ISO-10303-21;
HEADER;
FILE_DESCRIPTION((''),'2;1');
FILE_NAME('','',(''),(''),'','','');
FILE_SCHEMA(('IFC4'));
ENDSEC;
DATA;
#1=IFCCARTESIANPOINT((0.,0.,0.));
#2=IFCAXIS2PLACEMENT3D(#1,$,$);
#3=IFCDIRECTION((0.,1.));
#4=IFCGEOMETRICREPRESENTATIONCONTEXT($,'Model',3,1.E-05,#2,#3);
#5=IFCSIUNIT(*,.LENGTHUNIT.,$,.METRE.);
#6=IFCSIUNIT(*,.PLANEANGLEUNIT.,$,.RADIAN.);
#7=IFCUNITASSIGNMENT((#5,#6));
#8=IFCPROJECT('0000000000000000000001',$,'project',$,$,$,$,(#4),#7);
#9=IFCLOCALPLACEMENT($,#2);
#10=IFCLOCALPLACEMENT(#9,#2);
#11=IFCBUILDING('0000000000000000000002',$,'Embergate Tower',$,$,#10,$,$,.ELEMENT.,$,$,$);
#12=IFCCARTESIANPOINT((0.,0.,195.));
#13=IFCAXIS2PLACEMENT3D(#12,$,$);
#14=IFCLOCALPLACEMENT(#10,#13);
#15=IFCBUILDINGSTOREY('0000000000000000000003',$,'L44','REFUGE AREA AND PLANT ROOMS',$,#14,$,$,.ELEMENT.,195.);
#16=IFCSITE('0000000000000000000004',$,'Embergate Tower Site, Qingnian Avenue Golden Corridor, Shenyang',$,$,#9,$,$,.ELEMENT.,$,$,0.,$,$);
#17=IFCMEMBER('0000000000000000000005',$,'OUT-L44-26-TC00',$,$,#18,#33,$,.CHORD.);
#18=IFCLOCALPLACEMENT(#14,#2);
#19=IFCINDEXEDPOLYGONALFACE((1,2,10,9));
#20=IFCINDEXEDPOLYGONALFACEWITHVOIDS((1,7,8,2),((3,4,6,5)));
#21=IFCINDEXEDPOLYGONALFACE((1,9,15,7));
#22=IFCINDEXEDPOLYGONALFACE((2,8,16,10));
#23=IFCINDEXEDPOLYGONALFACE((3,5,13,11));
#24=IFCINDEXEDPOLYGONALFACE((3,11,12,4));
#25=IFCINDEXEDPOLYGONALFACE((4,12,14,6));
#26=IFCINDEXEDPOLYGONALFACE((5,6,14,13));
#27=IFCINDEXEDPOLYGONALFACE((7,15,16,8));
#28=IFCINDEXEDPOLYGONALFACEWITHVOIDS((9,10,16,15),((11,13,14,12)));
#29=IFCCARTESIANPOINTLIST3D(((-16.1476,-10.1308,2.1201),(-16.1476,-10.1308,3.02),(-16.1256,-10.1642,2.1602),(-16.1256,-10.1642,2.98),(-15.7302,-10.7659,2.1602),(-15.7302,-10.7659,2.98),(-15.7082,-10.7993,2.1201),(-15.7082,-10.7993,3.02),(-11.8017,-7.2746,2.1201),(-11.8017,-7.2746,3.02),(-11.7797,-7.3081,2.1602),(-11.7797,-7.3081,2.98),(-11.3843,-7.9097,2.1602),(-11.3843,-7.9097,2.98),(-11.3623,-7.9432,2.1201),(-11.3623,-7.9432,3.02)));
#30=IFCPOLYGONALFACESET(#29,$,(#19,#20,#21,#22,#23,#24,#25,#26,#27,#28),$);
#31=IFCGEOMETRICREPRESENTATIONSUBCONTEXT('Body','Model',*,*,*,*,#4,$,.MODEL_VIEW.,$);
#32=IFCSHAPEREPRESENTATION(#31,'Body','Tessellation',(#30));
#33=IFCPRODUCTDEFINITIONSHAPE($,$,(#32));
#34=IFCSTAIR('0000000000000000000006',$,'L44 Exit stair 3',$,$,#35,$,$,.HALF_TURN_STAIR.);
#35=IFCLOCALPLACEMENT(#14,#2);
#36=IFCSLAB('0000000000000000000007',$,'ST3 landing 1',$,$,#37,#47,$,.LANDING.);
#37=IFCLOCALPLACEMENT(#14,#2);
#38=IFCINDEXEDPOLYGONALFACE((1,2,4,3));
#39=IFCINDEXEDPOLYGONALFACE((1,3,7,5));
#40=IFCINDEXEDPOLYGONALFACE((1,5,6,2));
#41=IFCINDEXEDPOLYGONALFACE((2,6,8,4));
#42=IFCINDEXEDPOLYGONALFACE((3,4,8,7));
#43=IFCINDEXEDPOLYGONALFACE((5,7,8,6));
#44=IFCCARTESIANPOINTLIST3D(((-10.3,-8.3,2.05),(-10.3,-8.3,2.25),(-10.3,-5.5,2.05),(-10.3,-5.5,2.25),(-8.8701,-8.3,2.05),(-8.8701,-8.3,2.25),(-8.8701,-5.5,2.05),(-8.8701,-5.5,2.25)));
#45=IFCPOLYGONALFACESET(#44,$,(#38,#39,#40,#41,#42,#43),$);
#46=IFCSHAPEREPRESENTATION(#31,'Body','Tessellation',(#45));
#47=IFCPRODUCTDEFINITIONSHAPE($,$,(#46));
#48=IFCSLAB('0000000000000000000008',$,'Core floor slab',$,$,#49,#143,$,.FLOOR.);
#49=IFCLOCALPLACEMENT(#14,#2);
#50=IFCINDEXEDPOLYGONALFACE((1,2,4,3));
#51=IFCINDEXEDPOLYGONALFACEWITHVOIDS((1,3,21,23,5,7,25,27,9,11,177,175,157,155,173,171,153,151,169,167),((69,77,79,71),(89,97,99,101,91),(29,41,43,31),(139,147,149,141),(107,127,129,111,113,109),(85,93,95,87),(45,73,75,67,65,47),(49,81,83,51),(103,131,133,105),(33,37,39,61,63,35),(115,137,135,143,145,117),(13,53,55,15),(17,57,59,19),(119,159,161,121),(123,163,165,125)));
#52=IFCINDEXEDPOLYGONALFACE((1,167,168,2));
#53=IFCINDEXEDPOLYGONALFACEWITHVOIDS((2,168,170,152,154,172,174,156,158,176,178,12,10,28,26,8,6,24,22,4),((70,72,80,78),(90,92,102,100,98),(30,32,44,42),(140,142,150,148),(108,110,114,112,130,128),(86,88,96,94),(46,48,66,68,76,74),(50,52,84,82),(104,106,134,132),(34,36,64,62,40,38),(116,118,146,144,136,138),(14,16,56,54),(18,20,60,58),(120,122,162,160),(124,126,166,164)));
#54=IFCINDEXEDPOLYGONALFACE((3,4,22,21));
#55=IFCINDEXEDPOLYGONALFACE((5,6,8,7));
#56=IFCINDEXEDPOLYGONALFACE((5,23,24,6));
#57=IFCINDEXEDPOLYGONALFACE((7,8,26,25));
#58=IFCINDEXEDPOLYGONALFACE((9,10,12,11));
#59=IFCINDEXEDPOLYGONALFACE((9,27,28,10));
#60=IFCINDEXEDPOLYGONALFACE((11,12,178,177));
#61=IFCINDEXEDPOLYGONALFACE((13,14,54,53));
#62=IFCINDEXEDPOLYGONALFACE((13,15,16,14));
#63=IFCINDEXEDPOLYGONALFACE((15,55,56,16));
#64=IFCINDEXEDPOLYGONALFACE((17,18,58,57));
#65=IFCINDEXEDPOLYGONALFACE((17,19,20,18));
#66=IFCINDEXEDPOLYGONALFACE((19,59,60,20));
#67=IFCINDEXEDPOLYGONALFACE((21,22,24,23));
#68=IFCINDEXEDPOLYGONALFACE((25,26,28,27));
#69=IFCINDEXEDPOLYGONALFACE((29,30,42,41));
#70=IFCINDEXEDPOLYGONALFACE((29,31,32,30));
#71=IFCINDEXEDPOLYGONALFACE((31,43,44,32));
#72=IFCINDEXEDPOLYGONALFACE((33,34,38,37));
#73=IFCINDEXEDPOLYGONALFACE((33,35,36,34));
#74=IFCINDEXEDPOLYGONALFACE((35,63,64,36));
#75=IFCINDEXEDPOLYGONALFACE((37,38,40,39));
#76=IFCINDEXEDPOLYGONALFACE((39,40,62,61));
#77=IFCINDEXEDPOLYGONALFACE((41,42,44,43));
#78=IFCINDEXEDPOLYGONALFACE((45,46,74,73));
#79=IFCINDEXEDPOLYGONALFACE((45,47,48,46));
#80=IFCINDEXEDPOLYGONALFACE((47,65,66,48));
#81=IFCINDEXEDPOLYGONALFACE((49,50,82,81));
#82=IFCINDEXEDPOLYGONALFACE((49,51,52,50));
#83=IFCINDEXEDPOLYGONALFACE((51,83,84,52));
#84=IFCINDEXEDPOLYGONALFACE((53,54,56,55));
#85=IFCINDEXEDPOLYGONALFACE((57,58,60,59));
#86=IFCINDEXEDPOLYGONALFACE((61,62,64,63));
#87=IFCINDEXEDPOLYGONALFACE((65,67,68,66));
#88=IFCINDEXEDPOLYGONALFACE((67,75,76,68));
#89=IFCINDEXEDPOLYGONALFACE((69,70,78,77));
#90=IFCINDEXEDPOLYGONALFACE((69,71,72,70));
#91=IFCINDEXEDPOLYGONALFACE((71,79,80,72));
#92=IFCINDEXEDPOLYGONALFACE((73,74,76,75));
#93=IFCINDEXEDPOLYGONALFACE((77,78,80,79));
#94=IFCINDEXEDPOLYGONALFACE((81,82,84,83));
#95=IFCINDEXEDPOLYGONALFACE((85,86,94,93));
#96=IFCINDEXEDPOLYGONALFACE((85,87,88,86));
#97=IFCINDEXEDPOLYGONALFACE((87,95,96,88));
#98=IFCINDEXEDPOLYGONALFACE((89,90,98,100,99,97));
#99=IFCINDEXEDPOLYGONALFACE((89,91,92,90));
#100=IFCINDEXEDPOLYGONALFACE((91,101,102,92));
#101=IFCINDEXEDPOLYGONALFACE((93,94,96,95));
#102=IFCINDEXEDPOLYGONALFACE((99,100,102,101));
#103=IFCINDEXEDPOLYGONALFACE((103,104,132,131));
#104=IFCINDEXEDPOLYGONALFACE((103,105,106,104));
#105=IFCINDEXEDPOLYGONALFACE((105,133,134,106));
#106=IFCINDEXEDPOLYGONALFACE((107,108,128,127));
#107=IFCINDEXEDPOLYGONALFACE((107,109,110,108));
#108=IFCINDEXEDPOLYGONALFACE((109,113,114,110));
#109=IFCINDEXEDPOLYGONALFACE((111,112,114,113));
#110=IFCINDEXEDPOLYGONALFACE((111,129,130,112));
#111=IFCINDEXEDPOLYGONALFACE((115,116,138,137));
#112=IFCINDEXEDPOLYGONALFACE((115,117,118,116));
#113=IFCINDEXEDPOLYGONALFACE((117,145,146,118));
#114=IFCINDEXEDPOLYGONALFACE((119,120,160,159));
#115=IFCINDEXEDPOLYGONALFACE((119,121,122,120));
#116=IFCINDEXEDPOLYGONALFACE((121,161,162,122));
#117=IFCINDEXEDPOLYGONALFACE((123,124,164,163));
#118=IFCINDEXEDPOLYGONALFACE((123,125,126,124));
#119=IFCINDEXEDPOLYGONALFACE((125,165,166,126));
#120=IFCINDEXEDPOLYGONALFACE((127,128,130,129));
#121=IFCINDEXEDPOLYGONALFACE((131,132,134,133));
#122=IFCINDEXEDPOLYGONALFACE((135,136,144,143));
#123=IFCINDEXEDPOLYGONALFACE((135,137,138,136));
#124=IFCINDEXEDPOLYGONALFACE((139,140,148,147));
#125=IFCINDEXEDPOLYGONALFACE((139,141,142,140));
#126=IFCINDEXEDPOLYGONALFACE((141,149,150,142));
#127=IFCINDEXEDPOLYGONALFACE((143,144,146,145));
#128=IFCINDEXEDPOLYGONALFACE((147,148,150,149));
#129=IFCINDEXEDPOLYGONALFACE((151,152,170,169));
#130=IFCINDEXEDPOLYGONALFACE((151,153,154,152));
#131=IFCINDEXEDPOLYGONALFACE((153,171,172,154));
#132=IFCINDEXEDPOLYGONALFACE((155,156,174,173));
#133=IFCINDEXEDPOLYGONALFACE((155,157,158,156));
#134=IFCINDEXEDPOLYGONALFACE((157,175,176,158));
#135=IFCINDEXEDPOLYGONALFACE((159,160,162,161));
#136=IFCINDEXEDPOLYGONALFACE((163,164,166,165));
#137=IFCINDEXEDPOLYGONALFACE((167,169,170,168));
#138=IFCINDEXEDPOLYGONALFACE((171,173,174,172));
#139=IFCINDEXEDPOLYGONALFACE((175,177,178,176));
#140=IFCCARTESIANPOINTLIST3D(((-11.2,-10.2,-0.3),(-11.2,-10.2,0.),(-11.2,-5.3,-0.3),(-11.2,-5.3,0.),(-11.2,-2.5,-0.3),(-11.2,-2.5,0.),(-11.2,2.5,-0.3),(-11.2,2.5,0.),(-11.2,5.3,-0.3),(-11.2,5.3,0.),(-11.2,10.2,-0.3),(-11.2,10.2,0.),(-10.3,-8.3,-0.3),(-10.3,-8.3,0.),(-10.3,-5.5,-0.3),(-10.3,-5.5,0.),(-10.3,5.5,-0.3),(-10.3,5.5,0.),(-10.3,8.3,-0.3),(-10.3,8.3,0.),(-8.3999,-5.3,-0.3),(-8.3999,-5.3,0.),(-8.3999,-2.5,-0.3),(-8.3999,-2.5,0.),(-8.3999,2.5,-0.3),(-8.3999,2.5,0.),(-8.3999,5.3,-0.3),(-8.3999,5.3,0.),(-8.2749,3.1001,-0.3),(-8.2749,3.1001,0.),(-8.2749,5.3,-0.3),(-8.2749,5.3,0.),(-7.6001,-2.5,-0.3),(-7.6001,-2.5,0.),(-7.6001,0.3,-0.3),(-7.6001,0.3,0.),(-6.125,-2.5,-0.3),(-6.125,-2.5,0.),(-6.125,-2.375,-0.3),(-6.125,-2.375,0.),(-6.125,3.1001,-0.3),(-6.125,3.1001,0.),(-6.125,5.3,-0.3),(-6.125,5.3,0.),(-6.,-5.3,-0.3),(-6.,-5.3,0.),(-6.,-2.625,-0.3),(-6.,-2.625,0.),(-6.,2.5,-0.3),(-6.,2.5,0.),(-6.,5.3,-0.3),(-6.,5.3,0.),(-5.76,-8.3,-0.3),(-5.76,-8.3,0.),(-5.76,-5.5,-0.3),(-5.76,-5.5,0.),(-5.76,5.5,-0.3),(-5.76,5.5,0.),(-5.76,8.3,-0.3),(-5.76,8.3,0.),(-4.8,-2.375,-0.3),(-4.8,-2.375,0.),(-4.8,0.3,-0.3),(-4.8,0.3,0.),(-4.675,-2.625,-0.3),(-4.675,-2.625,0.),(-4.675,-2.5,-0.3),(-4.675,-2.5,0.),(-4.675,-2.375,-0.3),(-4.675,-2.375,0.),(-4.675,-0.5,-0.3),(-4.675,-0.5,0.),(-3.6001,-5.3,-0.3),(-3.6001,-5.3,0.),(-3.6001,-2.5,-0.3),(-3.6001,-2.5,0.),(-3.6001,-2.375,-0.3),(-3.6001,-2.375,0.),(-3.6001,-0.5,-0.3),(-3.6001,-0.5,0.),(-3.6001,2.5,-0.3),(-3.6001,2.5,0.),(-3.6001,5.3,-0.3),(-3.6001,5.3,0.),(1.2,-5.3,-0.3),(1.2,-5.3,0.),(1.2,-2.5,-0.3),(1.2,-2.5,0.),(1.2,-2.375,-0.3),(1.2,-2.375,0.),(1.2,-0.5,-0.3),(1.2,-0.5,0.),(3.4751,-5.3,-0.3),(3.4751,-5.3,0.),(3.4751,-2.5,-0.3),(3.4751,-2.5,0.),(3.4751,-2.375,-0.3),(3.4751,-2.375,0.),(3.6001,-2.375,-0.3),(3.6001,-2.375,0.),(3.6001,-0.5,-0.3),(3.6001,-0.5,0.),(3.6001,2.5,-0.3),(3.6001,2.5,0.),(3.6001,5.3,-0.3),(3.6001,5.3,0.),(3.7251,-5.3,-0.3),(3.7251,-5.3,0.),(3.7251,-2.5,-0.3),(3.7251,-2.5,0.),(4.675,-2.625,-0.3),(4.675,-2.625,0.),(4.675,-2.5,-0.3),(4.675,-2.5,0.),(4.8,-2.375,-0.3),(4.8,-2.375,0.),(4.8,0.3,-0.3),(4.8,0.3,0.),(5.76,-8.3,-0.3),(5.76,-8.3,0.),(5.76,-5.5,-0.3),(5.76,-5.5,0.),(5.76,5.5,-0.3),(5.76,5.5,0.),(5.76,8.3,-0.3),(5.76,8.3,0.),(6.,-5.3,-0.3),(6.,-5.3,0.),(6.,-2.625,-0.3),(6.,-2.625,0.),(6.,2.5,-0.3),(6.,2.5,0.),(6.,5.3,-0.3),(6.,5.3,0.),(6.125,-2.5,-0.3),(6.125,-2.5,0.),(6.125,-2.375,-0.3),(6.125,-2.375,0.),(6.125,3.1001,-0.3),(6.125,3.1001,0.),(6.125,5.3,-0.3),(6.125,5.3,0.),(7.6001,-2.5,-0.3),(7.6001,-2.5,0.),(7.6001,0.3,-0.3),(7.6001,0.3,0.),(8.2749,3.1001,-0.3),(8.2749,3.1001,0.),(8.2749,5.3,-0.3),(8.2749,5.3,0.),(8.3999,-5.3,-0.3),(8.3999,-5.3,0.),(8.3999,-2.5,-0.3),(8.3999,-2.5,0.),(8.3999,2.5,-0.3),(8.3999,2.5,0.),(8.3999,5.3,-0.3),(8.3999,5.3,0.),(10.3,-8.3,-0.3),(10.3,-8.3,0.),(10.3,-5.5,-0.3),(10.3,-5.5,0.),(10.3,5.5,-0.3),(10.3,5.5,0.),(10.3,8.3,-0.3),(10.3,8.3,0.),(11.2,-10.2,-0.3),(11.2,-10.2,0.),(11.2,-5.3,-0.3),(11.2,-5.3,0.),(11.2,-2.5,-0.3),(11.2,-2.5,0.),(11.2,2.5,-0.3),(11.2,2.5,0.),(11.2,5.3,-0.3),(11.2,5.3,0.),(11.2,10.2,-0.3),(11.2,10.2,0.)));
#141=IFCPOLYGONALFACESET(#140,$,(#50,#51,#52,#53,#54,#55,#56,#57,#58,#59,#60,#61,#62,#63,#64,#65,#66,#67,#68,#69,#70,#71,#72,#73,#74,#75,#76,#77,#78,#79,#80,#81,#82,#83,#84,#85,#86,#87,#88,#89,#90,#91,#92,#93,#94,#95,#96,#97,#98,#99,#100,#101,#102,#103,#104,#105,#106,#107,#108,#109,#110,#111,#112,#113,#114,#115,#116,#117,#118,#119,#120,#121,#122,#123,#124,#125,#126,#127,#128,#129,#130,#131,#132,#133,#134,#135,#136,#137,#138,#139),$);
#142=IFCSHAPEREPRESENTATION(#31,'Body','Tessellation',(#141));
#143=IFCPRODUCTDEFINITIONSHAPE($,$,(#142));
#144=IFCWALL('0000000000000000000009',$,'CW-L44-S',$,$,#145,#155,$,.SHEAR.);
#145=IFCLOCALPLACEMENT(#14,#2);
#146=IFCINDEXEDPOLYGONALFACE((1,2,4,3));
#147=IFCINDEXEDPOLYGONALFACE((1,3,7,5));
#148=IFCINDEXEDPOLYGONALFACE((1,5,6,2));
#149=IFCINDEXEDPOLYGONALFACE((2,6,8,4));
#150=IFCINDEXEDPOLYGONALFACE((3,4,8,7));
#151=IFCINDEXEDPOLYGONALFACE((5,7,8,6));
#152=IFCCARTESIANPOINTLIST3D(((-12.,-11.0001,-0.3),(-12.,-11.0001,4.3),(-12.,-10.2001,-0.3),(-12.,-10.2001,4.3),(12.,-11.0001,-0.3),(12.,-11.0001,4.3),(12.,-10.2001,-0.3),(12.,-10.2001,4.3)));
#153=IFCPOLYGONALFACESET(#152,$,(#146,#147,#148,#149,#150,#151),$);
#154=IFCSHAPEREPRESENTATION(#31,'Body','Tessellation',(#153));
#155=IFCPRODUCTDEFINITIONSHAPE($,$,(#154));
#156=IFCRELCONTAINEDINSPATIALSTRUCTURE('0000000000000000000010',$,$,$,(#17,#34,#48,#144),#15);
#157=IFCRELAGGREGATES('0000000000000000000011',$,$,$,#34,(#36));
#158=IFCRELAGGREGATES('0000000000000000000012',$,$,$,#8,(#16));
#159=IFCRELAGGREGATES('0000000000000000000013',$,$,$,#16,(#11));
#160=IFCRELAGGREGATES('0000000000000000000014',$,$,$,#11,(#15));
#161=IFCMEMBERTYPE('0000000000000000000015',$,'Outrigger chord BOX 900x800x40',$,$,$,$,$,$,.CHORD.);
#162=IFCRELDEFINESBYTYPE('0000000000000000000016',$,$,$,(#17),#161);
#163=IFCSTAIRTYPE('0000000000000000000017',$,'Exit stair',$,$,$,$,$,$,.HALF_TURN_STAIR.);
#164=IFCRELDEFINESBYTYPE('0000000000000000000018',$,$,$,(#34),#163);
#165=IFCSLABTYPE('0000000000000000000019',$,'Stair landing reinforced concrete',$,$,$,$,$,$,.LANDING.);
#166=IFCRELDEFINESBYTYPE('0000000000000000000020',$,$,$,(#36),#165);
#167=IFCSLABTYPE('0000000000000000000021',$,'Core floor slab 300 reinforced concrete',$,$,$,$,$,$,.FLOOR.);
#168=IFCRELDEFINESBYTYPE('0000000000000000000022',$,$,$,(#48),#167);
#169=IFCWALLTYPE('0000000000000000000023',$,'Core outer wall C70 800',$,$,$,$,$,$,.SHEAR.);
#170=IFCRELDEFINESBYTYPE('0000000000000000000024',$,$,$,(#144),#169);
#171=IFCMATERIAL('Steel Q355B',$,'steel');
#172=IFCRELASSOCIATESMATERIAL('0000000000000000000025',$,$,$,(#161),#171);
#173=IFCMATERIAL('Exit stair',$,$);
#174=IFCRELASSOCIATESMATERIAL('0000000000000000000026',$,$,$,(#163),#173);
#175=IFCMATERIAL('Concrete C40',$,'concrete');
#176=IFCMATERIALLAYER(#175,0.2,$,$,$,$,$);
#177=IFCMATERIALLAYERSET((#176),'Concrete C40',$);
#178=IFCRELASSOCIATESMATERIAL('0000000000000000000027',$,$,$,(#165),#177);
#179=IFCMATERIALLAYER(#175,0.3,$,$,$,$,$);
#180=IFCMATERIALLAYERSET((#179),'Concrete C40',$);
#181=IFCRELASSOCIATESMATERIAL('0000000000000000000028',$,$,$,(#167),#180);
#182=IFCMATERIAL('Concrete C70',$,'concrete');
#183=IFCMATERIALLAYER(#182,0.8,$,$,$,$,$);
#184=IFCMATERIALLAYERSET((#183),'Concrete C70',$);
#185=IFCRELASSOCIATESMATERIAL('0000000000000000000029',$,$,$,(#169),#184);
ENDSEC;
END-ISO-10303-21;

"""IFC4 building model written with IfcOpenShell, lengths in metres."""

from ifc_helpers import new_model, si_unit, direction, frame, frame_2d, origin, origin_2d, place, context, subcontext, project, spatial, polyline, rectangle, hollow_rectangle, outline, extrude, source, transform, mapped, material, layer, layer_set, material_profile, profile_set, type_object, element, aggregate, save


model = new_model("IFC4")

# Units and contexts
model_context = context("Model", 3, precision=1e-05, world=origin(), true_north=direction((0.0, 1.0)))
body_context = subcontext(model_context, "Body", "Model", "MODEL_VIEW")
ifc_project = project(units=[si_unit("LENGTHUNIT", "METRE"), si_unit("PLANEANGLEUNIT", "RADIAN")], contexts=[model_context])

# Site, building, storey
site_placement = place(None, origin())
site = spatial("IfcSite", under=ifc_project, at=site_placement, Name="Embergate Tower Site, Qingnian Avenue Golden Corridor, Shenyang", CompositionType="ELEMENT", RefElevation=0.0)
building_placement = place(site_placement, origin())
building = spatial("IfcBuilding", under=site, at=building_placement, Name="Embergate Tower", CompositionType="ELEMENT")
storey_placement = place(building_placement, frame((0.0, 0.0, 195.0)))
storey = spatial("IfcBuildingStorey", under=building, at=storey_placement, Name="L44", Description="REFUGE AREA AND PLANT ROOMS", CompositionType="ELEMENT", Elevation=195.0)

# Member
ifc_material_1 = material(Name="Steel Q355B", Category="steel")
ifc_material_profile = material_profile(ifc_material_1, hollow_rectangle(XDim=0.8, YDim=0.8999, WallThickness=0.04, at=origin_2d()), Name="BOX 900x800x40")
ifc_profile_set = profile_set([ifc_material_profile], Name="Steel Q355 grade B")
member_type = type_object("IfcMemberType", Name="Outrigger chord BOX 900x800x40", PredefinedType="CHORD", material=ifc_profile_set)
shared_shape_1 = source(origin(), body_context, "Body", "SweptSolid", [
    extrude(hollow_rectangle(XDim=0.8, YDim=0.8999, WallThickness=0.04, at=origin_2d()), origin(), (0.0, 0.0, 1.0), 5.2004),
])
member_placement = place(storey_placement, frame((-11.582, -7.6089, 2.5701), z_axis=(-0.83568, -0.549217, 0.0), x_axis=(0.549217, -0.83568, 0.0)))
element("IfcMember", 1, at=member_placement, inside=storey, type_object=member_type, Name="OUT-L44-26-TC00", PredefinedType="CHORD", context=body_context, shape_type="MappedRepresentation", body=[
    mapped(shared_shape_1, transform((0.0, 0.0, 0.0))),
])

# Stair, slab
ifc_material_2 = material(Name="Exit stair")
stair_type = type_object("IfcStairType", Name="Exit stair", PredefinedType="HALF_TURN_STAIR", material=ifc_material_2)
stair_placement = place(storey_placement, origin())
stair = element("IfcStair", 2, at=stair_placement, inside=storey, type_object=stair_type, Name="L44 Exit stair 3", PredefinedType="HALF_TURN_STAIR")
ifc_material_3 = material(Name="Concrete C40", Category="concrete")
ifc_layer_1 = layer(ifc_material_3, 0.2)
ifc_layer_set_1 = layer_set([ifc_layer_1], Name="Concrete C40")
slab_type_1 = type_object("IfcSlabType", Name="Stair landing reinforced concrete", PredefinedType="LANDING", material=ifc_layer_set_1)
shared_shape_2 = source(origin(), body_context, "Body", "SweptSolid", [
    extrude(outline(polyline([(0.0, 0.0), (1.4299, 0.0), (1.4299, 2.8), (0.0, 2.8), (0.0, 0.0)])), origin(), (0.0, 0.0, 1.0), 0.2),
])
slab_1_placement = place(storey_placement, frame((-10.3, -8.3, 2.05)))
slab_1 = element("IfcSlab", 3, at=slab_1_placement, type_object=slab_type_1, Name="ST3 landing 1", PredefinedType="LANDING", context=body_context, shape_type="MappedRepresentation", body=[
    mapped(shared_shape_2, transform((0.0, 0.0, 0.0))),
])

# Slab
ifc_layer_2 = layer(ifc_material_3, 0.3)
ifc_layer_set_2 = layer_set([ifc_layer_2], Name="Concrete C40")
slab_type_2 = type_object("IfcSlabType", Name="Core floor slab 300 reinforced concrete", PredefinedType="FLOOR", material=ifc_layer_set_2)
shared_shape_3 = source(origin(), body_context, "Body", "SweptSolid", [
    extrude(outline(polyline([(0.0, 0.0), (22.3999, 0.0), (22.3999, 4.8999), (19.5999, 4.8999), (19.5999, 7.7), (22.3999, 7.7), (22.3999, 12.7), (19.5999, 12.7), (19.5999, 15.5), (22.3999, 15.5), (22.3999, 20.3999), (0.0, 20.3999), (0.0, 15.5), (2.8, 15.5), (2.8, 12.7), (0.0, 12.7), (0.0, 7.7), (2.8, 7.7), (2.8, 4.8999), (0.0, 4.8999), (0.0, 0.0)]), holes=[polyline([(0.8999, 1.8999), (0.8999, 4.7), (5.4399, 4.7), (5.4399, 1.8999), (0.8999, 1.8999)]), polyline([(16.96, 1.8999), (16.96, 4.7), (21.5, 4.7), (21.5, 1.8999), (16.96, 1.8999)]), polyline([(5.2, 4.8999), (5.2, 7.575), (6.5249, 7.575), (6.5249, 7.7), (7.5999, 7.7), (7.5999, 4.8999), (5.2, 4.8999)]), polyline([(12.3999, 4.8999), (12.3999, 7.7), (14.675, 7.7), (14.675, 4.8999), (12.3999, 4.8999)]), polyline([(14.925, 4.8999), (14.925, 7.7), (15.875, 7.7), (15.875, 7.575), (17.2, 7.575), (17.2, 4.8999), (14.925, 4.8999)]), polyline([(3.5999, 7.7), (3.5999, 10.5), (6.3999, 10.5), (6.3999, 7.825), (5.075, 7.825), (5.075, 7.7), (3.5999, 7.7)]), polyline([(17.325, 7.7), (17.325, 7.825), (16.0, 7.825), (16.0, 10.5), (18.8, 10.5), (18.8, 7.7), (17.325, 7.7)]), polyline([(6.5249, 7.825), (6.5249, 9.7), (7.5999, 9.7), (7.5999, 7.825), (6.5249, 7.825)]), polyline([(12.3999, 7.825), (12.3999, 9.7), (14.8, 9.7), (14.8, 7.825), (14.675, 7.825), (12.3999, 7.825)]), polyline([(5.2, 12.7), (5.2, 15.5), (7.5999, 15.5), (7.5999, 12.7), (5.2, 12.7)]), polyline([(14.8, 12.7), (14.8, 15.5), (17.2, 15.5), (17.2, 12.7), (14.8, 12.7)]), polyline([(2.925, 13.3), (2.925, 15.5), (5.075, 15.5), (5.075, 13.3), (2.925, 13.3)]), polyline([(17.325, 13.3), (17.325, 15.5), (19.4749, 15.5), (19.4749, 13.3), (17.325, 13.3)]), polyline([(0.8999, 15.7), (0.8999, 18.5), (5.4399, 18.5), (5.4399, 15.7), (0.8999, 15.7)]), polyline([(16.96, 15.7), (16.96, 18.5), (21.5, 18.5), (21.5, 15.7), (16.96, 15.7)])]), origin(), (0.0, 0.0, 1.0), 0.3),
])
slab_2_placement = place(storey_placement, frame((-11.2, -10.2, -0.3)))
element("IfcSlab", 4, at=slab_2_placement, inside=storey, type_object=slab_type_2, Name="Core floor slab", PredefinedType="FLOOR", context=body_context, shape_type="MappedRepresentation", body=[
    mapped(shared_shape_3, transform((0.0, 0.0, 0.0))),
])

# Wall
ifc_material_4 = material(Name="Concrete C70", Category="concrete")
ifc_layer_3 = layer(ifc_material_4, 0.8)
ifc_layer_set_3 = layer_set([ifc_layer_3], Name="Concrete C70")
wall_type_1 = type_object("IfcWallType", Name="Core outer wall C70 800", PredefinedType="SHEAR", material=ifc_layer_set_3)
shared_shape_4 = source(origin(), body_context, "Body", "SweptSolid", [
    extrude(rectangle(XDim=24.0, YDim=0.8, at=frame_2d((12.0, 0.0))), origin(), (0.0, 0.0, 1.0), 4.6001),
])
wall_1_placement = place(storey_placement, frame((-12.0, -10.6001, -0.3), z_axis=(0.0, 0.0, 1.0), x_axis=(1.0, 0.0, 0.0)))
element("IfcWall", 5, at=wall_1_placement, inside=storey, type_object=wall_type_1, Name="CW-L44-S", PredefinedType="SHEAR", context=body_context, shape_type="MappedRepresentation", body=[
    mapped(shared_shape_4, transform((0.0, 0.0, 0.0))),
])

aggregate(stair, [slab_1])

save(model, "model.ifc")
